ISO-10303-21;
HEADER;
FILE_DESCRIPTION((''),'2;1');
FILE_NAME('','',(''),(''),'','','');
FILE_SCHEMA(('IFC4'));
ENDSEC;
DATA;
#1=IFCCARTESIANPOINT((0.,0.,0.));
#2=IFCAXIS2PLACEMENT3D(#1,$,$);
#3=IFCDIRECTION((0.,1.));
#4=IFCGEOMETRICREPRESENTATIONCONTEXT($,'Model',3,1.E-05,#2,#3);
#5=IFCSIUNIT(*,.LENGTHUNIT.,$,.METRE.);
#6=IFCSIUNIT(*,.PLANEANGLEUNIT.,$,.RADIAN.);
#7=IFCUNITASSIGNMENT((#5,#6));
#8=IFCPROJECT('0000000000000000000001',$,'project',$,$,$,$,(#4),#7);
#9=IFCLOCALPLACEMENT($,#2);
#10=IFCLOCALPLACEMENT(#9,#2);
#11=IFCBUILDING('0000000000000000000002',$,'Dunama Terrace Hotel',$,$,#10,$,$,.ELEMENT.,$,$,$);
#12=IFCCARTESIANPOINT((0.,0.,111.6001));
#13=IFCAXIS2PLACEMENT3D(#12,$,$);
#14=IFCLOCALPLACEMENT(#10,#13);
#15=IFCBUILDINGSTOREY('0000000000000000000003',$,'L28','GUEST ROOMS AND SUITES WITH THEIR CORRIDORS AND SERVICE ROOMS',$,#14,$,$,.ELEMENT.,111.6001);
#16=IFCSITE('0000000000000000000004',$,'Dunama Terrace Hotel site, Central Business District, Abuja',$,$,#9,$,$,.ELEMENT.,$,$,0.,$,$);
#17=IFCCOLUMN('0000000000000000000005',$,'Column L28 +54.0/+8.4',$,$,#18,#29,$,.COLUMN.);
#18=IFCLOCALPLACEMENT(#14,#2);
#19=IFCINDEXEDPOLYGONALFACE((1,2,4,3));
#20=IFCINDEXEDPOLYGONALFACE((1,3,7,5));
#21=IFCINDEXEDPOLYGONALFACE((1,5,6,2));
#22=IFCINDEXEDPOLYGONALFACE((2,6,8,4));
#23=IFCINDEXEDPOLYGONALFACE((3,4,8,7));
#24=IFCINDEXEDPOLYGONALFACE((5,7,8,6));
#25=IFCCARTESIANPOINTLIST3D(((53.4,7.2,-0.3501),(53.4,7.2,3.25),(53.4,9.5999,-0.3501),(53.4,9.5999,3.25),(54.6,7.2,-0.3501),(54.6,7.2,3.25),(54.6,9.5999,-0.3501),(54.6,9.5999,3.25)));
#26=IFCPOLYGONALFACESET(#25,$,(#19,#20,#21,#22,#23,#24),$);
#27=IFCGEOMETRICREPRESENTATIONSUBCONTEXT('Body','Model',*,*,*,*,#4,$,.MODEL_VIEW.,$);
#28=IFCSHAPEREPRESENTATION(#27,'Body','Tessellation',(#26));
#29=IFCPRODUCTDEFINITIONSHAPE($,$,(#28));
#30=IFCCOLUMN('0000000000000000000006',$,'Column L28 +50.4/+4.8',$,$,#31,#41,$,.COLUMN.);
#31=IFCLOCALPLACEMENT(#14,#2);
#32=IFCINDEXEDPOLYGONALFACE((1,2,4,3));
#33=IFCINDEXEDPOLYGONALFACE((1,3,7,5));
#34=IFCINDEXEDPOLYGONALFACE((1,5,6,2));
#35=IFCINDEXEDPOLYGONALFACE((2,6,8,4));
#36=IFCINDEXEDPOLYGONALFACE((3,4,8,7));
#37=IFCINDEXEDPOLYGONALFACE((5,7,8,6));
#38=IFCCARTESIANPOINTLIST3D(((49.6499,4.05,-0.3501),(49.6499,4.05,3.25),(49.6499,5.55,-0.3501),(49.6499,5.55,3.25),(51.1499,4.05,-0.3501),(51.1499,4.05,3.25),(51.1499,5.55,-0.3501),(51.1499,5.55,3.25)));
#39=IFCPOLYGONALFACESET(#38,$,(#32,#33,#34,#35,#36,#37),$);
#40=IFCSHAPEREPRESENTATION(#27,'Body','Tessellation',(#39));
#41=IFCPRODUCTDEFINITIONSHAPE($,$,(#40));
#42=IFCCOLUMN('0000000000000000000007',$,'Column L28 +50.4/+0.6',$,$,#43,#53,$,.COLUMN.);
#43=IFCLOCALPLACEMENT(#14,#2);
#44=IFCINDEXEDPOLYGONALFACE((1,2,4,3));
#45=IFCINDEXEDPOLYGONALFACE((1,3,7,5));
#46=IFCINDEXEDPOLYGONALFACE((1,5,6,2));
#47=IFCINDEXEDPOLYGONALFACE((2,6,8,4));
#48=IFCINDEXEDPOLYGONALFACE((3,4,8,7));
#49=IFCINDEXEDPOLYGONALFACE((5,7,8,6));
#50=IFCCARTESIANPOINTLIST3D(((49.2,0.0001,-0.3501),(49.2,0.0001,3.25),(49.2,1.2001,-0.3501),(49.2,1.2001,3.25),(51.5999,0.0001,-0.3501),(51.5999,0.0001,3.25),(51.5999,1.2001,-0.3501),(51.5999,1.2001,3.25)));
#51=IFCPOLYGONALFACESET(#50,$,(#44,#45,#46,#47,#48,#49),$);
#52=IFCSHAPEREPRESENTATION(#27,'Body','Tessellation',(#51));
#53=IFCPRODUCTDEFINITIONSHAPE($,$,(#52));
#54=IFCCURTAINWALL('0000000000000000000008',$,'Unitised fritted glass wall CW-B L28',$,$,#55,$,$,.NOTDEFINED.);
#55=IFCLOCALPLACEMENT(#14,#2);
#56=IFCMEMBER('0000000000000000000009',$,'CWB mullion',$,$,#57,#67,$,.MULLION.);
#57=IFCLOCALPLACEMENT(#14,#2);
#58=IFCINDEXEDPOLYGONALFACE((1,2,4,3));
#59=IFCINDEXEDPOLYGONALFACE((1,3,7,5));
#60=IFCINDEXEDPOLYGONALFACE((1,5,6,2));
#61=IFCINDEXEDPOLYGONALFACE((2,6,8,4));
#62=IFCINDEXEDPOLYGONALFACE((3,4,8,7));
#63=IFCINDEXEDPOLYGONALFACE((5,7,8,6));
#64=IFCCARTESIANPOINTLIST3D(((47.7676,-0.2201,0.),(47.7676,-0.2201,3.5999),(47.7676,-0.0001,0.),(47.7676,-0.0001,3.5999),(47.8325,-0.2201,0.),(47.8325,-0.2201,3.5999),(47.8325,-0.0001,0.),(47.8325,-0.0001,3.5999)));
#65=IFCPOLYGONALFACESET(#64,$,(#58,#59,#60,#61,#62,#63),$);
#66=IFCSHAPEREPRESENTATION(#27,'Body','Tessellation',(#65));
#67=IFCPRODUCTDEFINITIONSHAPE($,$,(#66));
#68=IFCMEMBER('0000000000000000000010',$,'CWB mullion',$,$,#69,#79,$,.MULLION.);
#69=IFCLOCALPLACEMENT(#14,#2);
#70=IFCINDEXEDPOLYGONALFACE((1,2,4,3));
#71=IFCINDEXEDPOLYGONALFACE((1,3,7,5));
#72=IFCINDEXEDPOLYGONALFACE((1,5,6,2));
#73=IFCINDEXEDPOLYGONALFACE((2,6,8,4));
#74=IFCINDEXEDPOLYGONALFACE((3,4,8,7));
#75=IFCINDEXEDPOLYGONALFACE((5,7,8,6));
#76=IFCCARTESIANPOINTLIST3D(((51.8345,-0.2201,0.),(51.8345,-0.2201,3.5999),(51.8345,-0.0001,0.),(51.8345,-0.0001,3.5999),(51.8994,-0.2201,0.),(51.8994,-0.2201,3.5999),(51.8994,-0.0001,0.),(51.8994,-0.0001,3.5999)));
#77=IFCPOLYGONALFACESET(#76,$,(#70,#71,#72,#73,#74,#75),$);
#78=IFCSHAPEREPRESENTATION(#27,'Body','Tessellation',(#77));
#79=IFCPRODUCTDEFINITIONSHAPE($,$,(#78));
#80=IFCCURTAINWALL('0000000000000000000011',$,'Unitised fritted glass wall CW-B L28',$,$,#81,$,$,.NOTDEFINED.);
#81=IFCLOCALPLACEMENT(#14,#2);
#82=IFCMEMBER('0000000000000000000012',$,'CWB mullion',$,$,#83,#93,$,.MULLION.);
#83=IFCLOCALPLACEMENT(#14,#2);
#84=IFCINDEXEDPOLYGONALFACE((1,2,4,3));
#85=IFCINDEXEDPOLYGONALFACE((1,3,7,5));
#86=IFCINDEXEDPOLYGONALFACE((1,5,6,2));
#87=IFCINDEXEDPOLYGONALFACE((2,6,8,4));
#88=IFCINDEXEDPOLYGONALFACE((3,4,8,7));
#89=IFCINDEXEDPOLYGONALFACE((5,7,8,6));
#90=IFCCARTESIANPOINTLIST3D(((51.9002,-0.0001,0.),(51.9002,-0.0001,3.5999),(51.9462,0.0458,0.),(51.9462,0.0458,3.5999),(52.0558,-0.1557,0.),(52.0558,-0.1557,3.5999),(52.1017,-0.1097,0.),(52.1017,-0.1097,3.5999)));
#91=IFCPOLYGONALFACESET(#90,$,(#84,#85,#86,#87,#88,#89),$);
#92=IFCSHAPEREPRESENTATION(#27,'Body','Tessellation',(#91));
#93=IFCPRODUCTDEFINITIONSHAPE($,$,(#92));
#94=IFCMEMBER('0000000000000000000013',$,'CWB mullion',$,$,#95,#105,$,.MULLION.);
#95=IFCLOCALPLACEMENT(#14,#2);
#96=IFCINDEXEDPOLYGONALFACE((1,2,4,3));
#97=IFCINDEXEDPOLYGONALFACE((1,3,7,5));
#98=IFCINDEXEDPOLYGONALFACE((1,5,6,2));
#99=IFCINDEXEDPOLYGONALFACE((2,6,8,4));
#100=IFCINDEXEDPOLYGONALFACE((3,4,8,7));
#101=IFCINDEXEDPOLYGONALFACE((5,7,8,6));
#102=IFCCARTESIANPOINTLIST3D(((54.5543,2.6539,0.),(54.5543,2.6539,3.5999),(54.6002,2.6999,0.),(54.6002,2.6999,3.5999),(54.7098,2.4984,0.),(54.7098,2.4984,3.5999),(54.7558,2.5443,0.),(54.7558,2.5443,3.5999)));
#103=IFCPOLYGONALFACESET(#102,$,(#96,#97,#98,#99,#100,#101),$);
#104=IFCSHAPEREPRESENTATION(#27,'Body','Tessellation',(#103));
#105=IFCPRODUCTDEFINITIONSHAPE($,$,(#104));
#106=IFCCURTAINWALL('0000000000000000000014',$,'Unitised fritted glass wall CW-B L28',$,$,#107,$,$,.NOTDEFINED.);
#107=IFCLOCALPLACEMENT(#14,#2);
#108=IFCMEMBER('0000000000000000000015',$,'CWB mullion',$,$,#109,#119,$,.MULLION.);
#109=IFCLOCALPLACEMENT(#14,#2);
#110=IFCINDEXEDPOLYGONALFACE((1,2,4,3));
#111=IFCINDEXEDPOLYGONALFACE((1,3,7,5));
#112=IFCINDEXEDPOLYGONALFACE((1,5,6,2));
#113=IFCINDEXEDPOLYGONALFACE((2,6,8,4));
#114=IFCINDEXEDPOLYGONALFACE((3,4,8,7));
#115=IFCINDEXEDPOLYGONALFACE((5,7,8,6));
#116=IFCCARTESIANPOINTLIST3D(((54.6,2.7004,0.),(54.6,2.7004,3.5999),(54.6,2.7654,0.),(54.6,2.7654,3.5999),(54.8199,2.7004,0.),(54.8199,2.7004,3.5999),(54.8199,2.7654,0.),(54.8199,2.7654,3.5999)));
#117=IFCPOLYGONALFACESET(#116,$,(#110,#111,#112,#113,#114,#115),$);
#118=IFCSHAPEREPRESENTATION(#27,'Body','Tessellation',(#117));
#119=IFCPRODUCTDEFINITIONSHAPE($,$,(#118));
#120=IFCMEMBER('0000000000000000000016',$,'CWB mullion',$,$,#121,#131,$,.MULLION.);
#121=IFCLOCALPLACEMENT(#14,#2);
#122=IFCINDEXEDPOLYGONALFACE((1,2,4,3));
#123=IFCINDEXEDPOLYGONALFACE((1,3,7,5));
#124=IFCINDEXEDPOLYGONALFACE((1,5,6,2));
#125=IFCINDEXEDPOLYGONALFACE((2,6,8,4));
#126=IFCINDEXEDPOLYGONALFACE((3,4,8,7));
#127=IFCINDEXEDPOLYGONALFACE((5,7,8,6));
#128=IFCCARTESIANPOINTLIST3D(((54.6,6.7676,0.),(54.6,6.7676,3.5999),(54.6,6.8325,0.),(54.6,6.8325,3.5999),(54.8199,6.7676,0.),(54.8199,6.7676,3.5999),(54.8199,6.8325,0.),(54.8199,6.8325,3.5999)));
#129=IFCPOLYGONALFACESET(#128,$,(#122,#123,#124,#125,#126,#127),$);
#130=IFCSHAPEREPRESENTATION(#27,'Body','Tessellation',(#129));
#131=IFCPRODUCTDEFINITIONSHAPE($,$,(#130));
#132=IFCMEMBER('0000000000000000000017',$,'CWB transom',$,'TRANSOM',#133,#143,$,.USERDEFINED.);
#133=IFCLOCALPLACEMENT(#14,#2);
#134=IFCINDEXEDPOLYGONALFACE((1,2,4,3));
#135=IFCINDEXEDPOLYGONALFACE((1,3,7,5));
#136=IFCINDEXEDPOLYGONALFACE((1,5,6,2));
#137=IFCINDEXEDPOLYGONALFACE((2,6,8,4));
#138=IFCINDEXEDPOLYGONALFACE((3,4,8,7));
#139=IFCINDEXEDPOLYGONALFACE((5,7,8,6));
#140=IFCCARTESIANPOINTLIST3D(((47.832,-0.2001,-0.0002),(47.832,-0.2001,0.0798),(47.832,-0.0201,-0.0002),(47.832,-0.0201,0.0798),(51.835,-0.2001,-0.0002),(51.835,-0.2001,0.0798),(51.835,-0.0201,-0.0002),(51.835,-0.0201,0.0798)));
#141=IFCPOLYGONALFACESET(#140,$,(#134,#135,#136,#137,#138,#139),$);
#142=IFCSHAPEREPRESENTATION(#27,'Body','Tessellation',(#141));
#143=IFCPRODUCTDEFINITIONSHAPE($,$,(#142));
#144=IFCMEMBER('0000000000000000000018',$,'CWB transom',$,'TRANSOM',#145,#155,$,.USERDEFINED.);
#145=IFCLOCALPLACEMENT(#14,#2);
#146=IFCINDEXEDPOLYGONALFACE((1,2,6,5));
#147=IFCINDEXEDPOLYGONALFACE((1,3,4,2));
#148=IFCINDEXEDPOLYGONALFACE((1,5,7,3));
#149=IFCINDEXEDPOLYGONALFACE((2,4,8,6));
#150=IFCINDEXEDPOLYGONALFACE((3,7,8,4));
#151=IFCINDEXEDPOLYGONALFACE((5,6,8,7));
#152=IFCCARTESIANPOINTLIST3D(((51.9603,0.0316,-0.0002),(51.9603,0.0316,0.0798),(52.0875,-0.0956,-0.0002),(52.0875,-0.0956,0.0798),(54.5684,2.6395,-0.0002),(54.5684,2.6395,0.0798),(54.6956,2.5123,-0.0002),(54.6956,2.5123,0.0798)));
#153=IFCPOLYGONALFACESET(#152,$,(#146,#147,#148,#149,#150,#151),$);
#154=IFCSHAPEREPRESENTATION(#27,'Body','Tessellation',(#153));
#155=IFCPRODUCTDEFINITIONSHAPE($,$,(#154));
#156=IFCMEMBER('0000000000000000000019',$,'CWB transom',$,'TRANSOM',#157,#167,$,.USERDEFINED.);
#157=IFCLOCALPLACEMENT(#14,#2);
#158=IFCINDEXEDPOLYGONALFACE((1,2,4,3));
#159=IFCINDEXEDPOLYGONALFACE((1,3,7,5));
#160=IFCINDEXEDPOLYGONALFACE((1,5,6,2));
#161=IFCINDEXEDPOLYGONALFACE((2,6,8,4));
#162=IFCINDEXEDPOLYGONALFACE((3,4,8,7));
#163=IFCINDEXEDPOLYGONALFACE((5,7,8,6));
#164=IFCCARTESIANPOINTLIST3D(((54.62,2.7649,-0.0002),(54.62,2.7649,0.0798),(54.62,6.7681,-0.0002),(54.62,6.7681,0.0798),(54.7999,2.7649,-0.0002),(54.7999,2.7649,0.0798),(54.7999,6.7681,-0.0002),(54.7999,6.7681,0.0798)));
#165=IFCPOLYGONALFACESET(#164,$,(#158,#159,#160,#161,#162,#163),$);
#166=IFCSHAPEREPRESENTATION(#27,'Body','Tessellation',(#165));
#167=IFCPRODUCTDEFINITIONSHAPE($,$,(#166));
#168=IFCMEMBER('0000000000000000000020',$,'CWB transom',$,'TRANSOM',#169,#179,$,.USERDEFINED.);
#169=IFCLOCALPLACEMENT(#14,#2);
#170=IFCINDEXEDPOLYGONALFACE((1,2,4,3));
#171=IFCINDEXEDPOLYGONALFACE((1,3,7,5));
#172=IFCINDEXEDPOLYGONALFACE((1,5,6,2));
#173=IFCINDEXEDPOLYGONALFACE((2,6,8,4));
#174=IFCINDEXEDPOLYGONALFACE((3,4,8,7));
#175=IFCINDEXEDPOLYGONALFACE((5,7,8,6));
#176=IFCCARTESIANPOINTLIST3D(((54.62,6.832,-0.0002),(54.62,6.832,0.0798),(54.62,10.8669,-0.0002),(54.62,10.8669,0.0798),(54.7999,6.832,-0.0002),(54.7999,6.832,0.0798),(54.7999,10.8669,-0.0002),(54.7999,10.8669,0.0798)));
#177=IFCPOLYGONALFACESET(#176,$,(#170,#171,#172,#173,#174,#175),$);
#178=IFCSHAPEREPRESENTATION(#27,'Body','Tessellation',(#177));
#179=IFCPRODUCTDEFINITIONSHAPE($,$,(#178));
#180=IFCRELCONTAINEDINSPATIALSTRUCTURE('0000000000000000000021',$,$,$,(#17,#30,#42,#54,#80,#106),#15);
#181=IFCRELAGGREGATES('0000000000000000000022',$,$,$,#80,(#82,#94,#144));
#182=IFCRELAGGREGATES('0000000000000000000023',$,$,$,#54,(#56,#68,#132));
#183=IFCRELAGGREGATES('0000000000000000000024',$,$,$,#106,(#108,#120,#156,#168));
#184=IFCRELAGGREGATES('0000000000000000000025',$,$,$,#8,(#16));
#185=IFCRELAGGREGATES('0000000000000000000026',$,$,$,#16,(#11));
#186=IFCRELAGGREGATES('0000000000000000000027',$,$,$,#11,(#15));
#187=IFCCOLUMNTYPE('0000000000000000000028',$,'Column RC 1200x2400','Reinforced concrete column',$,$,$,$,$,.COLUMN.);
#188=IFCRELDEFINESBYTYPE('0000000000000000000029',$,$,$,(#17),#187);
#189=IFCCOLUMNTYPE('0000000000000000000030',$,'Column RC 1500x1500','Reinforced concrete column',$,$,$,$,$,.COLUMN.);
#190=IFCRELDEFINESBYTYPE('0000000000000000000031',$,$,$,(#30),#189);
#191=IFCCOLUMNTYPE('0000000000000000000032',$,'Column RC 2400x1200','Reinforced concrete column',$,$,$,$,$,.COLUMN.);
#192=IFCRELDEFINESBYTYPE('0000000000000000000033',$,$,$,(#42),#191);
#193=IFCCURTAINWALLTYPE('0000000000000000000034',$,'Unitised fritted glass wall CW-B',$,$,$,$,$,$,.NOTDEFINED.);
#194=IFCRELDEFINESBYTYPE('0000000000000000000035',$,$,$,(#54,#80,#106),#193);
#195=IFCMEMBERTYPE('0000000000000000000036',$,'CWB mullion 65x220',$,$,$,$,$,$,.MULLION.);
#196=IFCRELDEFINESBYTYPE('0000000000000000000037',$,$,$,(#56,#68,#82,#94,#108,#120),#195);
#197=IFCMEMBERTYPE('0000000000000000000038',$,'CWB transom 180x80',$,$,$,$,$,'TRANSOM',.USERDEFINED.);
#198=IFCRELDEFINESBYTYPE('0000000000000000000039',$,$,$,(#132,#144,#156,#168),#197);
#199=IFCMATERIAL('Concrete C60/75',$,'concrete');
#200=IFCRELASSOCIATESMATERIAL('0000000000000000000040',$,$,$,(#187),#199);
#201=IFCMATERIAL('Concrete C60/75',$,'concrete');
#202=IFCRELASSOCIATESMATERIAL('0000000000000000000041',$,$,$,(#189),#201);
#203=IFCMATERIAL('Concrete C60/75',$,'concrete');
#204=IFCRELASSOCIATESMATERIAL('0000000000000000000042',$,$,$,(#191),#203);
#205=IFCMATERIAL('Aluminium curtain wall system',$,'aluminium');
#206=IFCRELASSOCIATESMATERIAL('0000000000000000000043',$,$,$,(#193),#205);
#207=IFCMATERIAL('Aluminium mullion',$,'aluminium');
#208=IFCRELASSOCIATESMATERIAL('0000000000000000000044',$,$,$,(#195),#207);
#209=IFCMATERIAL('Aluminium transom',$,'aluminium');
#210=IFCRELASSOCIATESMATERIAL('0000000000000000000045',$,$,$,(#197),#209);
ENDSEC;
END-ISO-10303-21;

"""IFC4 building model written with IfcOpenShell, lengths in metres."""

from ifc_helpers import new_model, si_unit, direction, frame, origin, origin_2d, place, context, subcontext, project, spatial, rectangle, extrude, material, material_profile, profile_set, type_object, element, aggregate, save


model = new_model("IFC4")

# Units and contexts
model_context = context("Model", 3, precision=1e-05, world=origin(), true_north=direction((0.0, 1.0)))
body_context = subcontext(model_context, "Body", "Model", "MODEL_VIEW")
ifc_project = project(units=[si_unit("LENGTHUNIT", "METRE"), si_unit("PLANEANGLEUNIT", "RADIAN")], contexts=[model_context])

# Site, building, storey
site_placement = place(None, origin())
site = spatial("IfcSite", under=ifc_project, at=site_placement, Name="Dunama Terrace Hotel site, Central Business District, Abuja", CompositionType="ELEMENT", RefElevation=0.0)
building_placement = place(site_placement, origin())
building = spatial("IfcBuilding", under=site, at=building_placement, Name="Dunama Terrace Hotel", CompositionType="ELEMENT")
storey_placement = place(building_placement, frame((0.0, 0.0, 111.6001)))
storey = spatial("IfcBuildingStorey", under=building, at=storey_placement, Name="L28", Description="GUEST ROOMS AND SUITES WITH THEIR CORRIDORS AND SERVICE ROOMS", CompositionType="ELEMENT", Elevation=111.6001)

# Columns
ifc_material_1 = material(Name="Concrete C60/75", Category="concrete")
ifc_material_profile_1 = material_profile(ifc_material_1, rectangle(XDim=1.2, YDim=2.3999, at=origin_2d()), Name="RC 1200x2400")
ifc_profile_set_1 = profile_set([ifc_material_profile_1], Name="Concrete C60/75")
column_type_1 = type_object("IfcColumnType", Name="Column RC 1200x2400", Description="Reinforced concrete column", PredefinedType="COLUMN", material=ifc_profile_set_1)
column_1_placement = place(storey_placement, frame((54.0, 8.3999, -0.3501), z_axis=(0.0, 0.0, 1.0), x_axis=(1.0, 0.0, 0.0)))
element("IfcColumn", 1, at=column_1_placement, inside=storey, type_object=column_type_1, Name="Column L28 +54.0/+8.4", PredefinedType="COLUMN", context=body_context, shape_type="SweptSolid", body=[
    extrude(rectangle(XDim=1.2, YDim=2.3999, at=origin_2d()), origin(), (0.0, 0.0, 1.0), 3.6001),
])
ifc_material_2 = material(Name="Concrete C60/75", Category="concrete")
ifc_material_profile_2 = material_profile(ifc_material_2, rectangle(XDim=1.5, YDim=1.5, at=origin_2d()), Name="RC 1500x1500")
ifc_profile_set_2 = profile_set([ifc_material_profile_2], Name="Concrete C60/75")
column_type_2 = type_object("IfcColumnType", Name="Column RC 1500x1500", Description="Reinforced concrete column", PredefinedType="COLUMN", material=ifc_profile_set_2)
column_2_placement = place(storey_placement, frame((50.3999, 4.8, -0.3501), z_axis=(0.0, 0.0, 1.0), x_axis=(1.0, 0.0, 0.0)))
element("IfcColumn", 2, at=column_2_placement, inside=storey, type_object=column_type_2, Name="Column L28 +50.4/+4.8", PredefinedType="COLUMN", context=body_context, shape_type="SweptSolid", body=[
    extrude(rectangle(XDim=1.5, YDim=1.5, at=origin_2d()), origin(), (0.0, 0.0, 1.0), 3.6001),
])
ifc_material_3 = material(Name="Concrete C60/75", Category="concrete")
ifc_material_profile_3 = material_profile(ifc_material_3, rectangle(XDim=2.3999, YDim=1.2, at=origin_2d()), Name="RC 2400x1200")
ifc_profile_set_3 = profile_set([ifc_material_profile_3], Name="Concrete C60/75")
column_type_3 = type_object("IfcColumnType", Name="Column RC 2400x1200", Description="Reinforced concrete column", PredefinedType="COLUMN", material=ifc_profile_set_3)
column_3_placement = place(storey_placement, frame((50.3999, 0.6001, -0.3501), z_axis=(0.0, 0.0, 1.0), x_axis=(1.0, 0.0, 0.0)))
element("IfcColumn", 3, at=column_3_placement, inside=storey, type_object=column_type_3, Name="Column L28 +50.4/+0.6", PredefinedType="COLUMN", context=body_context, shape_type="SweptSolid", body=[
    extrude(rectangle(XDim=2.3999, YDim=1.2, at=origin_2d()), origin(), (0.0, 0.0, 1.0), 3.6001),
])

# Curtain walls, members
ifc_material_4 = material(Name="Aluminium curtain wall system", Category="aluminium")
curtain_wall_type = type_object("IfcCurtainWallType", Name="Unitised fritted glass wall CW-B", PredefinedType="NOTDEFINED", material=ifc_material_4)
curtain_wall_1_placement = place(storey_placement, origin())
curtain_wall_1 = element("IfcCurtainWall", 4, at=curtain_wall_1_placement, inside=storey, type_object=curtain_wall_type, Name="Unitised fritted glass wall CW-B L28", PredefinedType="NOTDEFINED")
ifc_material_5 = material(Name="Aluminium mullion", Category="aluminium")
ifc_material_profile_4 = material_profile(ifc_material_5, rectangle(XDim=0.0649, YDim=0.22, at=origin_2d()), Name="CWB MULLION 65X220")
ifc_profile_set_4 = profile_set([ifc_material_profile_4], Name="Aluminium mullion")
member_type_1 = type_object("IfcMemberType", Name="CWB mullion 65x220", PredefinedType="MULLION", material=ifc_profile_set_4)
member_1_placement = place(storey_placement, frame((47.8, -0.1101, 0.0), z_axis=(0.0, 0.0, 1.0), x_axis=(1.0, 0.0, 0.0)))
member_1 = element("IfcMember", 5, at=member_1_placement, type_object=member_type_1, Name="CWB mullion", PredefinedType="MULLION", context=body_context, shape_type="SweptSolid", body=[
    extrude(rectangle(XDim=0.0649, YDim=0.22, at=origin_2d()), origin(), (0.0, 0.0, 1.0), 3.5999),
])
member_2_placement = place(storey_placement, frame((51.8669, -0.1101, 0.0), z_axis=(0.0, 0.0, 1.0), x_axis=(1.0, 0.0, 0.0)))
member_2 = element("IfcMember", 6, at=member_2_placement, type_object=member_type_1, Name="CWB mullion", PredefinedType="MULLION", context=body_context, shape_type="SweptSolid", body=[
    extrude(rectangle(XDim=0.0649, YDim=0.22, at=origin_2d()), origin(), (0.0, 0.0, 1.0), 3.5999),
])
curtain_wall_2_placement = place(storey_placement, origin())
curtain_wall_2 = element("IfcCurtainWall", 7, at=curtain_wall_2_placement, inside=storey, type_object=curtain_wall_type, Name="Unitised fritted glass wall CW-B L28", PredefinedType="NOTDEFINED")
member_3_placement = place(storey_placement, frame((52.001, -0.0549, 0.0), z_axis=(0.0, 0.0, 1.0), x_axis=(0.707107, 0.707107, 0.0)))
member_3 = element("IfcMember", 8, at=member_3_placement, type_object=member_type_1, Name="CWB mullion", PredefinedType="MULLION", context=body_context, shape_type="SweptSolid", body=[
    extrude(rectangle(XDim=0.0649, YDim=0.22, at=origin_2d()), origin(), (0.0, 0.0, 1.0), 3.5999),
])
member_4_placement = place(storey_placement, frame((54.655, 2.5991, 0.0), z_axis=(0.0, 0.0, 1.0), x_axis=(0.707107, 0.707107, 0.0)))
member_4 = element("IfcMember", 9, at=member_4_placement, type_object=member_type_1, Name="CWB mullion", PredefinedType="MULLION", context=body_context, shape_type="SweptSolid", body=[
    extrude(rectangle(XDim=0.0649, YDim=0.22, at=origin_2d()), origin(), (0.0, 0.0, 1.0), 3.5999),
])
curtain_wall_3_placement = place(storey_placement, origin())
curtain_wall_3 = element("IfcCurtainWall", 10, at=curtain_wall_3_placement, inside=storey, type_object=curtain_wall_type, Name="Unitised fritted glass wall CW-B L28", PredefinedType="NOTDEFINED")
member_5_placement = place(storey_placement, frame((54.71, 2.7329, 0.0), z_axis=(0.0, 0.0, 1.0), x_axis=(0.0, 1.0, 0.0)))
member_5 = element("IfcMember", 11, at=member_5_placement, type_object=member_type_1, Name="CWB mullion", PredefinedType="MULLION", context=body_context, shape_type="SweptSolid", body=[
    extrude(rectangle(XDim=0.0649, YDim=0.22, at=origin_2d()), origin(), (0.0, 0.0, 1.0), 3.5999),
])
member_6_placement = place(storey_placement, frame((54.71, 6.8, 0.0), z_axis=(0.0, 0.0, 1.0), x_axis=(0.0, 1.0, 0.0)))
member_6 = element("IfcMember", 12, at=member_6_placement, type_object=member_type_1, Name="CWB mullion", PredefinedType="MULLION", context=body_context, shape_type="SweptSolid", body=[
    extrude(rectangle(XDim=0.0649, YDim=0.22, at=origin_2d()), origin(), (0.0, 0.0, 1.0), 3.5999),
])

# Members
ifc_material_6 = material(Name="Aluminium transom", Category="aluminium")
ifc_material_profile_5 = material_profile(ifc_material_6, rectangle(XDim=0.1799, YDim=0.0801, at=origin_2d()), Name="CWB TRANSOM 180X80")
ifc_profile_set_5 = profile_set([ifc_material_profile_5], Name="Aluminium transom")
member_type_2 = type_object("IfcMemberType", Name="CWB transom 180x80", ElementType="TRANSOM", PredefinedType="USERDEFINED", material=ifc_profile_set_5)
member_7_placement = place(storey_placement, frame((47.832, -0.1101, 0.0398), z_axis=(1.0, 0.0, 0.0), x_axis=(0.0, 1.0, 0.0)))
member_7 = element("IfcMember", 13, at=member_7_placement, type_object=member_type_2, Name="CWB transom", ObjectType="TRANSOM", PredefinedType="USERDEFINED", context=body_context, shape_type="SweptSolid", body=[
    extrude(rectangle(XDim=0.1799, YDim=0.0801, at=origin_2d()), origin(), (0.0, 0.0, 1.0), 4.0029),
])
member_8_placement = place(storey_placement, frame((52.0239, -0.032, 0.0398), z_axis=(0.70714, 0.707074, 0.0), x_axis=(-0.707074, 0.70714, 0.0)))
member_8 = element("IfcMember", 14, at=member_8_placement, type_object=member_type_2, Name="CWB transom", ObjectType="TRANSOM", PredefinedType="USERDEFINED", context=body_context, shape_type="SweptSolid", body=[
    extrude(rectangle(XDim=0.1799, YDim=0.0801, at=origin_2d()), origin(), (0.0, 0.0, 1.0), 3.6882),
])
member_9_placement = place(storey_placement, frame((54.71, 2.7649, 0.0398), z_axis=(0.0, 1.0, 0.0), x_axis=(-1.0, 0.0, 0.0)))
member_9 = element("IfcMember", 15, at=member_9_placement, type_object=member_type_2, Name="CWB transom", ObjectType="TRANSOM", PredefinedType="USERDEFINED", context=body_context, shape_type="SweptSolid", body=[
    extrude(rectangle(XDim=0.1799, YDim=0.0801, at=origin_2d()), origin(), (0.0, 0.0, 1.0), 4.0032),
])
member_10_placement = place(storey_placement, frame((54.71, 6.832, 0.0398), z_axis=(0.0, 1.0, 0.0), x_axis=(-1.0, 0.0, 0.0)))
member_10 = element("IfcMember", 16, at=member_10_placement, type_object=member_type_2, Name="CWB transom", ObjectType="TRANSOM", PredefinedType="USERDEFINED", context=body_context, shape_type="SweptSolid", body=[
    extrude(rectangle(XDim=0.1799, YDim=0.0801, at=origin_2d()), origin(), (0.0, 0.0, 1.0), 4.0349),
])

aggregate(curtain_wall_2, [member_3, member_4, member_8])
aggregate(curtain_wall_1, [member_1, member_2, member_7])
aggregate(curtain_wall_3, [member_5, member_6, member_9, member_10])

save(model, "model.ifc")
